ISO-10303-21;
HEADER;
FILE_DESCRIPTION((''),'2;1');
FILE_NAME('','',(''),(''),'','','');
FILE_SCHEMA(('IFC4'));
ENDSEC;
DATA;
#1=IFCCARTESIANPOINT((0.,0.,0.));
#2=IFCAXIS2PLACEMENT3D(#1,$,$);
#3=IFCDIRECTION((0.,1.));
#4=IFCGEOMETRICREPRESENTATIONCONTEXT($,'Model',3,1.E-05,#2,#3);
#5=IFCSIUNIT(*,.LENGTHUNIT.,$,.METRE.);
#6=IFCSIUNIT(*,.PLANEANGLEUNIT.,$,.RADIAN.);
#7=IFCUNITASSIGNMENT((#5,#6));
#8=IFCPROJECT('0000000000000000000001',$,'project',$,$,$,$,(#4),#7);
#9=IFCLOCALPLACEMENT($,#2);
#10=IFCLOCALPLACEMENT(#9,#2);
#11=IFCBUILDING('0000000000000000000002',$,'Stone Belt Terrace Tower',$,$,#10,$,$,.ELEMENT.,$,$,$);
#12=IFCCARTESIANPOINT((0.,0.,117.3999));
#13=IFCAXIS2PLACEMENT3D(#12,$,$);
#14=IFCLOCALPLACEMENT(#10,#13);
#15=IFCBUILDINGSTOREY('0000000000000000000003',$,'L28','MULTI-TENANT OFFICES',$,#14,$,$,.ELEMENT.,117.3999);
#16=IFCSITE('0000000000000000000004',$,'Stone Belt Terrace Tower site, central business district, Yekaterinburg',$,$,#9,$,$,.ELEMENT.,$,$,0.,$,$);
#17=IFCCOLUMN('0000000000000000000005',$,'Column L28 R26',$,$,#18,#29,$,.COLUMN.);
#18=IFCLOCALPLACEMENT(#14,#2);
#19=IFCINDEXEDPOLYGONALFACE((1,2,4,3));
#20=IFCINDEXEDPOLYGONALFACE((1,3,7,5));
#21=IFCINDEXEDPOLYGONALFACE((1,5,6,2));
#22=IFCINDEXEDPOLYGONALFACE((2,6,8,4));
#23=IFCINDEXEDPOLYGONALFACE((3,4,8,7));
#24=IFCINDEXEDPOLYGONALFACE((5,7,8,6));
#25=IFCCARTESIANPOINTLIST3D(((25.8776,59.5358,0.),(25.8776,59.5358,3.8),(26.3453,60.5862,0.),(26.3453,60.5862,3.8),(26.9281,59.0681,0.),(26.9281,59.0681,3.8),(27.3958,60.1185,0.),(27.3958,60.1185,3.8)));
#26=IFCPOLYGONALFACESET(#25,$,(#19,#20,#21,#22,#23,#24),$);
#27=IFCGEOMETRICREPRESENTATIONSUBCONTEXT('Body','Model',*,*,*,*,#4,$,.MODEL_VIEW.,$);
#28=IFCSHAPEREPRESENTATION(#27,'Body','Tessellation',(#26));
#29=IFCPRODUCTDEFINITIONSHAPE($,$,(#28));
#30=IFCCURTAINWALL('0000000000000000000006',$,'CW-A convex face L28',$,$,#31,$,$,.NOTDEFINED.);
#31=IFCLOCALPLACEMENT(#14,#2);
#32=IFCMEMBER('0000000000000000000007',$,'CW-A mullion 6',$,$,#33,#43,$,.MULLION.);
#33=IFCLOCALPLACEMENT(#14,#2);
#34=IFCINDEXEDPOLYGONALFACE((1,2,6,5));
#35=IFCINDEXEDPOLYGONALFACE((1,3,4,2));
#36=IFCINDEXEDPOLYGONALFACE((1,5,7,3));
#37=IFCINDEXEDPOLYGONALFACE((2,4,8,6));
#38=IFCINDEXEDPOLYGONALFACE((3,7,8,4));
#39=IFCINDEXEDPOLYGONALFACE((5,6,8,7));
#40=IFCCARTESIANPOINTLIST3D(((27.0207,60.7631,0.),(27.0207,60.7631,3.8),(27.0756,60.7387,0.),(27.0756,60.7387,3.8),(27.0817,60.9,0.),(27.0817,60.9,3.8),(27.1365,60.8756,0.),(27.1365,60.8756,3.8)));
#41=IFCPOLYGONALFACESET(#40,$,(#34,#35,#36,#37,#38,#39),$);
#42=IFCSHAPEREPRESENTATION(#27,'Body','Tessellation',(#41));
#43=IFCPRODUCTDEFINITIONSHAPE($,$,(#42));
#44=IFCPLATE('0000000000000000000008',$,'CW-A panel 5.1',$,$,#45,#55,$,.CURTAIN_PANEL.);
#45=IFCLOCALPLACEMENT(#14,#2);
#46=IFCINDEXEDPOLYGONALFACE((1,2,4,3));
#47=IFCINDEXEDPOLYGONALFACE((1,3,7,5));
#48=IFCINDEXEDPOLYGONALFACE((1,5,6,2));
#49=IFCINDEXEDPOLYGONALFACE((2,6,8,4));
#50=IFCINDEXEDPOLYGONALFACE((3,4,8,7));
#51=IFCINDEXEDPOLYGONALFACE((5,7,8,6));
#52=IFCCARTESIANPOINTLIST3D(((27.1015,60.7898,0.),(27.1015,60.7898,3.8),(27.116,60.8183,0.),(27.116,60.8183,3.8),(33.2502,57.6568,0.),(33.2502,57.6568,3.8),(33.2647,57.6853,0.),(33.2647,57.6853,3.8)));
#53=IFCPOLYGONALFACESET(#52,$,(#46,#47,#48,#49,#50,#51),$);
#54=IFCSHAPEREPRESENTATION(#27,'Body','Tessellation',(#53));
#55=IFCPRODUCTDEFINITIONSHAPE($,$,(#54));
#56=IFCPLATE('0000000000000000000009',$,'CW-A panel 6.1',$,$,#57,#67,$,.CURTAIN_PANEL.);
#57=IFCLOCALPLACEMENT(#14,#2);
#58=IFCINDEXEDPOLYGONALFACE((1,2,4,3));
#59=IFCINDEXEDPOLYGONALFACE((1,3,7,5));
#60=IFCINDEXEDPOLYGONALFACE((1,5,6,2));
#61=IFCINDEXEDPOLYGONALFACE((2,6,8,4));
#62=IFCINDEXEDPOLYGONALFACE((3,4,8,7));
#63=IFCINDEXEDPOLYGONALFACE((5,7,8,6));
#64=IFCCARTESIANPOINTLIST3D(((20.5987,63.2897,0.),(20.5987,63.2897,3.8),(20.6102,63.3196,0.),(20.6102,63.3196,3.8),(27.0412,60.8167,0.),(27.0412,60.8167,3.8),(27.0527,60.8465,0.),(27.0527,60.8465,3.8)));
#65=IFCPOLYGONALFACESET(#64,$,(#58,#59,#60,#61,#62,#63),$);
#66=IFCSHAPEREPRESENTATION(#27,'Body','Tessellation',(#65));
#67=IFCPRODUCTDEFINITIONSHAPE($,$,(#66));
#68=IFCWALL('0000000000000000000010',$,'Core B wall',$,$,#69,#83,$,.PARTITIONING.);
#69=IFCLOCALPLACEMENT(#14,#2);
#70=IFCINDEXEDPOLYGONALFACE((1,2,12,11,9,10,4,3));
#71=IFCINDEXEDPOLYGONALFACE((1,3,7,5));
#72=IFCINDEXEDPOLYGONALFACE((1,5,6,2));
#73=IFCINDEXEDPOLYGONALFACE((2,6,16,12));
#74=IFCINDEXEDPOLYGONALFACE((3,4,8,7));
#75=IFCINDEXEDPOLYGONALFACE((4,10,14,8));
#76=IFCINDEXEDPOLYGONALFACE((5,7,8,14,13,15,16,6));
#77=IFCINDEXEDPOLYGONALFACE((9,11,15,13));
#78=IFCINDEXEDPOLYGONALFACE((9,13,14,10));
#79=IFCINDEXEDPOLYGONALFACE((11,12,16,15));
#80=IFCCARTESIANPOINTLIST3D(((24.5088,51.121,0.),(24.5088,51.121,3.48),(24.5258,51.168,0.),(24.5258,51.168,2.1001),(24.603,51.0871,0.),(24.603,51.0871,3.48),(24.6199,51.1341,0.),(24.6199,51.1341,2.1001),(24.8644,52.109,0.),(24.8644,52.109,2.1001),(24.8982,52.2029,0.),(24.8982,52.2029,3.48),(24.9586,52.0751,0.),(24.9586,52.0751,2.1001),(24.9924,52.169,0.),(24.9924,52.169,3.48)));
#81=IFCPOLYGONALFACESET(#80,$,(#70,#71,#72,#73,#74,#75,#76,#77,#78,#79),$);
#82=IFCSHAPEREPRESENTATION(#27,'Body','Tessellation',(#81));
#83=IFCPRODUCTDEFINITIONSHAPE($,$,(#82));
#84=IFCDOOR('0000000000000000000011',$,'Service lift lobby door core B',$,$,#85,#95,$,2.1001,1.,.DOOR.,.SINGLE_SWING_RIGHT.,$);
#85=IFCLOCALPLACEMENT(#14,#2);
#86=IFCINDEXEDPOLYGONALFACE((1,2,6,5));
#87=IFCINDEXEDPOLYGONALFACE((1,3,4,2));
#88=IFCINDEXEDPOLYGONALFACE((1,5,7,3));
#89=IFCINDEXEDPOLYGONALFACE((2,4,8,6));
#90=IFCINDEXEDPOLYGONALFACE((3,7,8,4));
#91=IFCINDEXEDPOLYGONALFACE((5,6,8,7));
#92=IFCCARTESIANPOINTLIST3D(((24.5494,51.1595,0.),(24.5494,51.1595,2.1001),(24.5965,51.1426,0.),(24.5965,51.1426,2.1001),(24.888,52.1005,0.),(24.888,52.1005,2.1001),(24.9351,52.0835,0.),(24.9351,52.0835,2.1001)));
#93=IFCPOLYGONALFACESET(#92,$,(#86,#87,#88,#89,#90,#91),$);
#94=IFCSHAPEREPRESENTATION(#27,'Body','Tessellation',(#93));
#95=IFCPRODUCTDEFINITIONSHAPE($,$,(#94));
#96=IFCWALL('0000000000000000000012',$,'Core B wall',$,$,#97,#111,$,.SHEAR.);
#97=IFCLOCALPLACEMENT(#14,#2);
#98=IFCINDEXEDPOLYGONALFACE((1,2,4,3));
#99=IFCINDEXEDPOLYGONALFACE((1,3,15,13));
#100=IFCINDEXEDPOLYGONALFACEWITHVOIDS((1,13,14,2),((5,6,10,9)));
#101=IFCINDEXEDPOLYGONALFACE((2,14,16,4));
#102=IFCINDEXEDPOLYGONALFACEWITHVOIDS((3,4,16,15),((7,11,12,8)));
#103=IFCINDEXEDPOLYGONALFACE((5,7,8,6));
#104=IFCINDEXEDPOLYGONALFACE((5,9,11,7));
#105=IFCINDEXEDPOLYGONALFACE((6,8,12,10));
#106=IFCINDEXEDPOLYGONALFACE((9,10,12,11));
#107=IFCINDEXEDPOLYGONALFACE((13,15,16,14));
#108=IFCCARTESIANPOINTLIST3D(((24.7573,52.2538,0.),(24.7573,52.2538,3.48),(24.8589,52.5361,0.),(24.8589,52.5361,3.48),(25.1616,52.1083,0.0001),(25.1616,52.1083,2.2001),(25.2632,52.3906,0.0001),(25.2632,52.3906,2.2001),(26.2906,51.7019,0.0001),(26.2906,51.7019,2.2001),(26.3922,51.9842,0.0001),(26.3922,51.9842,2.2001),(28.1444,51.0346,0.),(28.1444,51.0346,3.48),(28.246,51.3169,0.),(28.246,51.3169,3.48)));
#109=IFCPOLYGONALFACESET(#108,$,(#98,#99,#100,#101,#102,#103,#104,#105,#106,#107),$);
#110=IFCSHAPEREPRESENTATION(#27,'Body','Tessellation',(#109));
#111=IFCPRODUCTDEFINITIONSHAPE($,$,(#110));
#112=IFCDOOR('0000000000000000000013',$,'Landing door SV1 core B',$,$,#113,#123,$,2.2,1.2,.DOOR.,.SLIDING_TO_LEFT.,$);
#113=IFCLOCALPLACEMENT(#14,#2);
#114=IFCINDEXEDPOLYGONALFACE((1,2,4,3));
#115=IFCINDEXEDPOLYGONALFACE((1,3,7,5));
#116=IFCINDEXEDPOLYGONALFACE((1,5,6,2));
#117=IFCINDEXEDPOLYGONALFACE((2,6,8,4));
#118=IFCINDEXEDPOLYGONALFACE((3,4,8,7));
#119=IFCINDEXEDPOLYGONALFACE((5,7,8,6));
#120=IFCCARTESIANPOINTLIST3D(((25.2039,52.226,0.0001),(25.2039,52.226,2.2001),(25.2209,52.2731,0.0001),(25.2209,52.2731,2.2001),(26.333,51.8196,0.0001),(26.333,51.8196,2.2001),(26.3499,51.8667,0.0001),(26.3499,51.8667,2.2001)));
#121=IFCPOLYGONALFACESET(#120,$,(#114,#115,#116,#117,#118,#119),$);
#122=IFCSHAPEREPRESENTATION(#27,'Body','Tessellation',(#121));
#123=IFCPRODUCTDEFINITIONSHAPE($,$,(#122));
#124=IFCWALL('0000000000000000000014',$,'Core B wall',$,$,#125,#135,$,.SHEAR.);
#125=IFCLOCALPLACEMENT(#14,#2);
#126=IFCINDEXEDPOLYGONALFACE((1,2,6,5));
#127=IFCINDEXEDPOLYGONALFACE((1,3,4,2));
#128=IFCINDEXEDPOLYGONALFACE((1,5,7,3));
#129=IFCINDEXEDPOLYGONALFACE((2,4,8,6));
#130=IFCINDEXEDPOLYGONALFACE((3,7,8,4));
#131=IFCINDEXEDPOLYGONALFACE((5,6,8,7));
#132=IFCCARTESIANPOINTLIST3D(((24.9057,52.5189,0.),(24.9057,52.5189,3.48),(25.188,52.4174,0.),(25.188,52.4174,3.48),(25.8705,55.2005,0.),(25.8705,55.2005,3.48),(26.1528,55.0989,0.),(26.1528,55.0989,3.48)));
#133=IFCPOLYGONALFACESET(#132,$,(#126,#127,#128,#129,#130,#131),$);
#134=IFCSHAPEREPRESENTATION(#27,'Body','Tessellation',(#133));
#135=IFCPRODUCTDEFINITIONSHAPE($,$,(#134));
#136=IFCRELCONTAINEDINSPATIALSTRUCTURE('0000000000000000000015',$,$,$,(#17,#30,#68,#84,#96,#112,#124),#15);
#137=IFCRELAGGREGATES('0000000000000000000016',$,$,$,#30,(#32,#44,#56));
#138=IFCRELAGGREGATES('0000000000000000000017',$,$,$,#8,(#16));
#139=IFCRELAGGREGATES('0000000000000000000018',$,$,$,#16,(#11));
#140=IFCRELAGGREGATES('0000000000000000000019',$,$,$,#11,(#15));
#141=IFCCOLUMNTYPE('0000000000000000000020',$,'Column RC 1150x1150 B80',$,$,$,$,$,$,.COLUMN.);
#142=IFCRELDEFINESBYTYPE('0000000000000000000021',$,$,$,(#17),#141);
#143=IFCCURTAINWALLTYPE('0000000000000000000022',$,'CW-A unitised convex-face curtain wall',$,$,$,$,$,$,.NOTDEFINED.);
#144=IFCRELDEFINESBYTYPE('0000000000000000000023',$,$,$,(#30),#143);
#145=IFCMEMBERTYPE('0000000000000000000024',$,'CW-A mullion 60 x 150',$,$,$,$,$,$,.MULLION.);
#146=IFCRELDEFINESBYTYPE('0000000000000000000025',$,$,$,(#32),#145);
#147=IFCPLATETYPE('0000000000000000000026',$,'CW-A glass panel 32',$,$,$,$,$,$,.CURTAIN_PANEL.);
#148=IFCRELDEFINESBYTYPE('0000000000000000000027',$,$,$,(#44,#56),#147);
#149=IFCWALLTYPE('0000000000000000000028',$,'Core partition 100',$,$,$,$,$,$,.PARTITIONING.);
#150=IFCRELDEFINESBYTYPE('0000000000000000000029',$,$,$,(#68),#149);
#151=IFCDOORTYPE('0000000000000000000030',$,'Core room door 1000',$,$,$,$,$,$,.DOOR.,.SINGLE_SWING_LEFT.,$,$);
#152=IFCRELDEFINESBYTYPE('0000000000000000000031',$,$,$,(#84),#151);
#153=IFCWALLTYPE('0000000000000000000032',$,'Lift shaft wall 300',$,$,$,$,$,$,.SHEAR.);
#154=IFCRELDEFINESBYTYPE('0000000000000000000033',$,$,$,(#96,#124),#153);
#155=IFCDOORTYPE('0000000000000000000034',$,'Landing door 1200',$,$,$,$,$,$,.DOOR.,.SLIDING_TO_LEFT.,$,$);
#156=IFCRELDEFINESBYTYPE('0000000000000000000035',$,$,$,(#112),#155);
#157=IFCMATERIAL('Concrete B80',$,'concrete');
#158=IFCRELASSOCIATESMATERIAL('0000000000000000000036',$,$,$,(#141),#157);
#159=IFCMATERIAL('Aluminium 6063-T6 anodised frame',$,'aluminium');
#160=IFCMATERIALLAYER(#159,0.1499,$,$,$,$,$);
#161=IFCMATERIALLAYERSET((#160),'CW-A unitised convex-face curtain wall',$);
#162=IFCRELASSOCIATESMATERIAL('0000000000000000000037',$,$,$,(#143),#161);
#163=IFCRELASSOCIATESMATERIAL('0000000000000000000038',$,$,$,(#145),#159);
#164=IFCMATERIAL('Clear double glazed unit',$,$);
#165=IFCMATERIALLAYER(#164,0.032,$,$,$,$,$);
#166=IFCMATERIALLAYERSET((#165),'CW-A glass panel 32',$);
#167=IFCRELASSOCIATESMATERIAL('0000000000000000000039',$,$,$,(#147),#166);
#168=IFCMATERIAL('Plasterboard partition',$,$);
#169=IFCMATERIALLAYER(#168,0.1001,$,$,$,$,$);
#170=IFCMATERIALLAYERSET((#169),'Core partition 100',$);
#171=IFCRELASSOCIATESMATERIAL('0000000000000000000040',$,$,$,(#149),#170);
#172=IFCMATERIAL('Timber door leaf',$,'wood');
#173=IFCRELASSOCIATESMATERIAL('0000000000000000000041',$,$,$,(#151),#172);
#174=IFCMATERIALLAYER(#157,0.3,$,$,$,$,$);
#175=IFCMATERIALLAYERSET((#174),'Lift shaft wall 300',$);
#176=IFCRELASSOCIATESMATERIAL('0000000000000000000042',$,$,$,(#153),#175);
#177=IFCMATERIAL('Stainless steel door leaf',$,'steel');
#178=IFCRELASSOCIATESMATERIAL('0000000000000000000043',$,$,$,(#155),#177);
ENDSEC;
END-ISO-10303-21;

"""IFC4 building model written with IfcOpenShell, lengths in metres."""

from ifc_helpers import new_model, si_unit, direction, frame, frame_2d, origin, origin_2d, place, context, subcontext, project, spatial, rectangle, extrude, material, layer, layer_set, material_profile, profile_set, type_object, element, fill, aggregate, save


model = new_model("IFC4")

# Units and contexts
model_context = context("Model", 3, precision=1e-05, world=origin(), true_north=direction((0.0, 1.0)))
body_context = subcontext(model_context, "Body", "Model", "MODEL_VIEW")
ifc_project = project(units=[si_unit("LENGTHUNIT", "METRE"), si_unit("PLANEANGLEUNIT", "RADIAN")], contexts=[model_context])

# Site, building, storey
site_placement = place(None, origin())
site = spatial("IfcSite", under=ifc_project, at=site_placement, Name="Stone Belt Terrace Tower site, central business district, Yekaterinburg", CompositionType="ELEMENT", RefElevation=0.0)
building_placement = place(site_placement, origin())
building = spatial("IfcBuilding", under=site, at=building_placement, Name="Stone Belt Terrace Tower", CompositionType="ELEMENT")
storey_placement = place(building_placement, frame((0.0, 0.0, 117.3999)))
storey = spatial("IfcBuildingStorey", under=building, at=storey_placement, Name="L28", Description="MULTI-TENANT OFFICES", CompositionType="ELEMENT", Elevation=117.3999)

# Column
ifc_material_1 = material(Name="Concrete B80", Category="concrete")
ifc_material_profile_1 = material_profile(ifc_material_1, rectangle(XDim=1.1499, YDim=1.1499, at=origin_2d()), Name="RC 1150x1150")
ifc_profile_set_1 = profile_set([ifc_material_profile_1], Name="Concrete B80")
column_type = type_object("IfcColumnType", Name="Column RC 1150x1150 B80", PredefinedType="COLUMN", material=ifc_profile_set_1)
column_placement = place(storey_placement, frame((26.6367, 59.8271, 0.0), z_axis=(0.0, 0.0, 1.0), x_axis=(0.913545, -0.406737, 0.0)))
element("IfcColumn", 1, at=column_placement, inside=storey, type_object=column_type, Name="Column L28 R26", PredefinedType="COLUMN", context=body_context, shape_type="SweptSolid", body=[
    extrude(rectangle(XDim=1.1499, YDim=1.1499, at=origin_2d()), origin(), (0.0, 0.0, 1.0), 3.8),
])

# Curtain wall, member, plates
ifc_material_2 = material(Name="Aluminium 6063-T6 anodised frame", Category="aluminium")
ifc_layer_1 = layer(ifc_material_2, 0.1499)
ifc_layer_set_1 = layer_set([ifc_layer_1], Name="CW-A unitised convex-face curtain wall")
curtain_wall_type = type_object("IfcCurtainWallType", Name="CW-A unitised convex-face curtain wall", PredefinedType="NOTDEFINED", material=ifc_layer_set_1)
curtain_wall_placement = place(storey_placement, origin())
curtain_wall = element("IfcCurtainWall", 2, at=curtain_wall_placement, inside=storey, type_object=curtain_wall_type, Name="CW-A convex face L28", PredefinedType="NOTDEFINED")
ifc_material_profile_2 = material_profile(ifc_material_2, rectangle(XDim=0.1499, YDim=0.0601, at=origin_2d()), Name="Aluminium 6063-T6 60x150")
ifc_profile_set_2 = profile_set([ifc_material_profile_2], Name="Aluminium 6063-T6 anodised frame")
member_type = type_object("IfcMemberType", Name="CW-A mullion 60 x 150", PredefinedType="MULLION", material=ifc_profile_set_2)
member_placement = place(storey_placement, frame((27.0786, 60.8193, 0.0), z_axis=(0.0, 0.0, 1.0), x_axis=(-0.406737, -0.913545, 0.0)))
member = element("IfcMember", 3, at=member_placement, type_object=member_type, Name="CW-A mullion 6", PredefinedType="MULLION", context=body_context, shape_type="SweptSolid", body=[
    extrude(rectangle(XDim=0.1499, YDim=0.0601, at=origin_2d()), origin(), (0.0, 0.0, 1.0), 3.8),
])
ifc_material_3 = material(Name="Clear double glazed unit")
ifc_layer_2 = layer(ifc_material_3, 0.032)
ifc_layer_set_2 = layer_set([ifc_layer_2], Name="CW-A glass panel 32")
plate_type = type_object("IfcPlateType", Name="CW-A glass panel 32", PredefinedType="CURTAIN_PANEL", material=ifc_layer_set_2)
plate_1_placement = place(storey_placement, frame((30.1831, 59.2375, 0.0), z_axis=(0.0, 0.0, 1.0), x_axis=(-0.891007, 0.45399, 0.0)))
plate_1 = element("IfcPlate", 4, at=plate_1_placement, type_object=plate_type, Name="CW-A panel 5.1", PredefinedType="CURTAIN_PANEL", context=body_context, shape_type="SweptSolid", body=[
    extrude(rectangle(XDim=6.9009, YDim=0.032, at=origin_2d()), origin(), (0.0, 0.0, 1.0), 3.8),
])
plate_2_placement = place(storey_placement, frame((23.8257, 62.0681, 0.0), z_axis=(0.0, 0.0, 1.0), x_axis=(-0.93358, 0.358368, 0.0)))
plate_2 = element("IfcPlate", 5, at=plate_2_placement, type_object=plate_type, Name="CW-A panel 6.1", PredefinedType="CURTAIN_PANEL", context=body_context, shape_type="SweptSolid", body=[
    extrude(rectangle(XDim=6.9009, YDim=0.032, at=origin_2d()), origin(), (0.0, 0.0, 1.0), 3.8),
])
aggregate(curtain_wall, [member, plate_1, plate_2])

# Walls, openings, doors
ifc_material_4 = material(Name="Plasterboard partition")
ifc_layer_3 = layer(ifc_material_4, 0.1001)
ifc_layer_set_3 = layer_set([ifc_layer_3], Name="Core partition 100")
wall_type_1 = type_object("IfcWallType", Name="Core partition 100", PredefinedType="PARTITIONING", material=ifc_layer_set_3)
wall_1_placement = place(storey_placement, frame((24.5559, 51.104, 0.0), z_axis=(0.0, 0.0, 1.0), x_axis=(0.338622, 0.940923, 0.0)))
wall_1 = element("IfcWall", 6, at=wall_1_placement, inside=storey, type_object=wall_type_1, Name="Core B wall", PredefinedType="PARTITIONING", context=body_context, shape_type="SweptSolid", body=[
    extrude(rectangle(XDim=1.1499, YDim=0.1001, at=frame_2d((0.575, 0.0))), origin(), (0.0, 0.0, 1.0), 3.48),
])
opening_1_placement = place(wall_1_placement, frame((0.05, 0.0, 0.0)))
opening_1 = element("IfcOpeningElement", 7, at=opening_1_placement, cuts=wall_1, PredefinedType="OPENING", context=body_context, shape_type="SweptSolid", body=[
    extrude(rectangle(XDim=1.0, YDim=2.1001, at=frame_2d((0.5, 1.05))), frame((0.0, 0.0601, 0.0), z_axis=(0.0, -1.0, 0.0), x_axis=(1.0, 0.0, 0.0)), (0.0, 0.0, 1.0), 0.1201),
])
ifc_material_5 = material(Name="Timber door leaf", Category="wood")
door_type_1 = type_object("IfcDoorType", Name="Core room door 1000", OperationType="SINGLE_SWING_LEFT", PredefinedType="DOOR", material=ifc_material_5)
door_1_placement = place(opening_1_placement, origin())
door_1 = element("IfcDoor", 8, at=door_1_placement, inside=storey, type_object=door_type_1, Name="Service lift lobby door core B", OperationType="SINGLE_SWING_RIGHT", OverallHeight=2.1001, OverallWidth=1.0, PredefinedType="DOOR", context=body_context, shape_type="SweptSolid", body=[
    extrude(rectangle(XDim=1.0, YDim=2.1001, at=frame_2d((0.5, 1.05))), frame((0.0, 0.0249, 0.0), z_axis=(0.0, -1.0, 0.0), x_axis=(1.0, 0.0, 0.0)), (0.0, 0.0, 1.0), 0.05),
])
fill(opening_1, door_1)
ifc_layer_4 = layer(ifc_material_1, 0.3)
ifc_layer_set_4 = layer_set([ifc_layer_4], Name="Lift shaft wall 300")
wall_type_2 = type_object("IfcWallType", Name="Lift shaft wall 300", PredefinedType="SHEAR", material=ifc_layer_set_4)
wall_2_placement = place(storey_placement, frame((28.1951, 51.1758, 0.0), z_axis=(0.0, 0.0, 1.0), x_axis=(-0.940901, 0.338681, 0.0)))
wall_2 = element("IfcWall", 9, at=wall_2_placement, inside=storey, type_object=wall_type_2, Name="Core B wall", PredefinedType="SHEAR", context=body_context, shape_type="SweptSolid", body=[
    extrude(rectangle(XDim=3.5999, YDim=0.3, at=frame_2d((1.7998, 0.0))), origin(), (0.0, 0.0, 1.0), 3.48),
])
opening_2_placement = place(wall_2_placement, frame((1.97, 0.0, 0.0)))
opening_2 = element("IfcOpeningElement", 10, at=opening_2_placement, cuts=wall_2, PredefinedType="OPENING", context=body_context, shape_type="SweptSolid", body=[
    extrude(rectangle(XDim=1.2, YDim=2.2, at=frame_2d((0.6001, 1.1001))), frame((0.0, 0.1599, 0.0), z_axis=(0.0, -1.0, 0.0), x_axis=(1.0, 0.0, 0.0)), (0.0, 0.0, 1.0), 0.3201),
])
ifc_material_6 = material(Name="Stainless steel door leaf", Category="steel")
door_type_2 = type_object("IfcDoorType", Name="Landing door 1200", OperationType="SLIDING_TO_LEFT", PredefinedType="DOOR", material=ifc_material_6)
door_2_placement = place(opening_2_placement, origin())
door_2 = element("IfcDoor", 11, at=door_2_placement, inside=storey, type_object=door_type_2, Name="Landing door SV1 core B", OperationType="SLIDING_TO_LEFT", OverallHeight=2.2, OverallWidth=1.2, PredefinedType="DOOR", context=body_context, shape_type="SweptSolid", body=[
    extrude(rectangle(XDim=1.2, YDim=2.2, at=frame_2d((0.6001, 1.1001))), frame((0.0, 0.0249, 0.0), z_axis=(0.0, -1.0, 0.0), x_axis=(1.0, 0.0, 0.0)), (0.0, 0.0, 1.0), 0.05),
])
fill(opening_2, door_2)

# Wall
wall_3_placement = place(storey_placement, frame((25.0469, 52.4683, 0.0), z_axis=(0.0, 0.0, 1.0), x_axis=(0.33855, 0.940949, 0.0)))
element("IfcWall", 12, at=wall_3_placement, inside=storey, type_object=wall_type_2, Name="Core B wall", PredefinedType="SHEAR", context=body_context, shape_type="SweptSolid", body=[
    extrude(rectangle(XDim=2.8499, YDim=0.3, at=frame_2d((1.4248, 0.0))), origin(), (0.0, 0.0, 1.0), 3.48),
])

save(model, "model.ifc")
